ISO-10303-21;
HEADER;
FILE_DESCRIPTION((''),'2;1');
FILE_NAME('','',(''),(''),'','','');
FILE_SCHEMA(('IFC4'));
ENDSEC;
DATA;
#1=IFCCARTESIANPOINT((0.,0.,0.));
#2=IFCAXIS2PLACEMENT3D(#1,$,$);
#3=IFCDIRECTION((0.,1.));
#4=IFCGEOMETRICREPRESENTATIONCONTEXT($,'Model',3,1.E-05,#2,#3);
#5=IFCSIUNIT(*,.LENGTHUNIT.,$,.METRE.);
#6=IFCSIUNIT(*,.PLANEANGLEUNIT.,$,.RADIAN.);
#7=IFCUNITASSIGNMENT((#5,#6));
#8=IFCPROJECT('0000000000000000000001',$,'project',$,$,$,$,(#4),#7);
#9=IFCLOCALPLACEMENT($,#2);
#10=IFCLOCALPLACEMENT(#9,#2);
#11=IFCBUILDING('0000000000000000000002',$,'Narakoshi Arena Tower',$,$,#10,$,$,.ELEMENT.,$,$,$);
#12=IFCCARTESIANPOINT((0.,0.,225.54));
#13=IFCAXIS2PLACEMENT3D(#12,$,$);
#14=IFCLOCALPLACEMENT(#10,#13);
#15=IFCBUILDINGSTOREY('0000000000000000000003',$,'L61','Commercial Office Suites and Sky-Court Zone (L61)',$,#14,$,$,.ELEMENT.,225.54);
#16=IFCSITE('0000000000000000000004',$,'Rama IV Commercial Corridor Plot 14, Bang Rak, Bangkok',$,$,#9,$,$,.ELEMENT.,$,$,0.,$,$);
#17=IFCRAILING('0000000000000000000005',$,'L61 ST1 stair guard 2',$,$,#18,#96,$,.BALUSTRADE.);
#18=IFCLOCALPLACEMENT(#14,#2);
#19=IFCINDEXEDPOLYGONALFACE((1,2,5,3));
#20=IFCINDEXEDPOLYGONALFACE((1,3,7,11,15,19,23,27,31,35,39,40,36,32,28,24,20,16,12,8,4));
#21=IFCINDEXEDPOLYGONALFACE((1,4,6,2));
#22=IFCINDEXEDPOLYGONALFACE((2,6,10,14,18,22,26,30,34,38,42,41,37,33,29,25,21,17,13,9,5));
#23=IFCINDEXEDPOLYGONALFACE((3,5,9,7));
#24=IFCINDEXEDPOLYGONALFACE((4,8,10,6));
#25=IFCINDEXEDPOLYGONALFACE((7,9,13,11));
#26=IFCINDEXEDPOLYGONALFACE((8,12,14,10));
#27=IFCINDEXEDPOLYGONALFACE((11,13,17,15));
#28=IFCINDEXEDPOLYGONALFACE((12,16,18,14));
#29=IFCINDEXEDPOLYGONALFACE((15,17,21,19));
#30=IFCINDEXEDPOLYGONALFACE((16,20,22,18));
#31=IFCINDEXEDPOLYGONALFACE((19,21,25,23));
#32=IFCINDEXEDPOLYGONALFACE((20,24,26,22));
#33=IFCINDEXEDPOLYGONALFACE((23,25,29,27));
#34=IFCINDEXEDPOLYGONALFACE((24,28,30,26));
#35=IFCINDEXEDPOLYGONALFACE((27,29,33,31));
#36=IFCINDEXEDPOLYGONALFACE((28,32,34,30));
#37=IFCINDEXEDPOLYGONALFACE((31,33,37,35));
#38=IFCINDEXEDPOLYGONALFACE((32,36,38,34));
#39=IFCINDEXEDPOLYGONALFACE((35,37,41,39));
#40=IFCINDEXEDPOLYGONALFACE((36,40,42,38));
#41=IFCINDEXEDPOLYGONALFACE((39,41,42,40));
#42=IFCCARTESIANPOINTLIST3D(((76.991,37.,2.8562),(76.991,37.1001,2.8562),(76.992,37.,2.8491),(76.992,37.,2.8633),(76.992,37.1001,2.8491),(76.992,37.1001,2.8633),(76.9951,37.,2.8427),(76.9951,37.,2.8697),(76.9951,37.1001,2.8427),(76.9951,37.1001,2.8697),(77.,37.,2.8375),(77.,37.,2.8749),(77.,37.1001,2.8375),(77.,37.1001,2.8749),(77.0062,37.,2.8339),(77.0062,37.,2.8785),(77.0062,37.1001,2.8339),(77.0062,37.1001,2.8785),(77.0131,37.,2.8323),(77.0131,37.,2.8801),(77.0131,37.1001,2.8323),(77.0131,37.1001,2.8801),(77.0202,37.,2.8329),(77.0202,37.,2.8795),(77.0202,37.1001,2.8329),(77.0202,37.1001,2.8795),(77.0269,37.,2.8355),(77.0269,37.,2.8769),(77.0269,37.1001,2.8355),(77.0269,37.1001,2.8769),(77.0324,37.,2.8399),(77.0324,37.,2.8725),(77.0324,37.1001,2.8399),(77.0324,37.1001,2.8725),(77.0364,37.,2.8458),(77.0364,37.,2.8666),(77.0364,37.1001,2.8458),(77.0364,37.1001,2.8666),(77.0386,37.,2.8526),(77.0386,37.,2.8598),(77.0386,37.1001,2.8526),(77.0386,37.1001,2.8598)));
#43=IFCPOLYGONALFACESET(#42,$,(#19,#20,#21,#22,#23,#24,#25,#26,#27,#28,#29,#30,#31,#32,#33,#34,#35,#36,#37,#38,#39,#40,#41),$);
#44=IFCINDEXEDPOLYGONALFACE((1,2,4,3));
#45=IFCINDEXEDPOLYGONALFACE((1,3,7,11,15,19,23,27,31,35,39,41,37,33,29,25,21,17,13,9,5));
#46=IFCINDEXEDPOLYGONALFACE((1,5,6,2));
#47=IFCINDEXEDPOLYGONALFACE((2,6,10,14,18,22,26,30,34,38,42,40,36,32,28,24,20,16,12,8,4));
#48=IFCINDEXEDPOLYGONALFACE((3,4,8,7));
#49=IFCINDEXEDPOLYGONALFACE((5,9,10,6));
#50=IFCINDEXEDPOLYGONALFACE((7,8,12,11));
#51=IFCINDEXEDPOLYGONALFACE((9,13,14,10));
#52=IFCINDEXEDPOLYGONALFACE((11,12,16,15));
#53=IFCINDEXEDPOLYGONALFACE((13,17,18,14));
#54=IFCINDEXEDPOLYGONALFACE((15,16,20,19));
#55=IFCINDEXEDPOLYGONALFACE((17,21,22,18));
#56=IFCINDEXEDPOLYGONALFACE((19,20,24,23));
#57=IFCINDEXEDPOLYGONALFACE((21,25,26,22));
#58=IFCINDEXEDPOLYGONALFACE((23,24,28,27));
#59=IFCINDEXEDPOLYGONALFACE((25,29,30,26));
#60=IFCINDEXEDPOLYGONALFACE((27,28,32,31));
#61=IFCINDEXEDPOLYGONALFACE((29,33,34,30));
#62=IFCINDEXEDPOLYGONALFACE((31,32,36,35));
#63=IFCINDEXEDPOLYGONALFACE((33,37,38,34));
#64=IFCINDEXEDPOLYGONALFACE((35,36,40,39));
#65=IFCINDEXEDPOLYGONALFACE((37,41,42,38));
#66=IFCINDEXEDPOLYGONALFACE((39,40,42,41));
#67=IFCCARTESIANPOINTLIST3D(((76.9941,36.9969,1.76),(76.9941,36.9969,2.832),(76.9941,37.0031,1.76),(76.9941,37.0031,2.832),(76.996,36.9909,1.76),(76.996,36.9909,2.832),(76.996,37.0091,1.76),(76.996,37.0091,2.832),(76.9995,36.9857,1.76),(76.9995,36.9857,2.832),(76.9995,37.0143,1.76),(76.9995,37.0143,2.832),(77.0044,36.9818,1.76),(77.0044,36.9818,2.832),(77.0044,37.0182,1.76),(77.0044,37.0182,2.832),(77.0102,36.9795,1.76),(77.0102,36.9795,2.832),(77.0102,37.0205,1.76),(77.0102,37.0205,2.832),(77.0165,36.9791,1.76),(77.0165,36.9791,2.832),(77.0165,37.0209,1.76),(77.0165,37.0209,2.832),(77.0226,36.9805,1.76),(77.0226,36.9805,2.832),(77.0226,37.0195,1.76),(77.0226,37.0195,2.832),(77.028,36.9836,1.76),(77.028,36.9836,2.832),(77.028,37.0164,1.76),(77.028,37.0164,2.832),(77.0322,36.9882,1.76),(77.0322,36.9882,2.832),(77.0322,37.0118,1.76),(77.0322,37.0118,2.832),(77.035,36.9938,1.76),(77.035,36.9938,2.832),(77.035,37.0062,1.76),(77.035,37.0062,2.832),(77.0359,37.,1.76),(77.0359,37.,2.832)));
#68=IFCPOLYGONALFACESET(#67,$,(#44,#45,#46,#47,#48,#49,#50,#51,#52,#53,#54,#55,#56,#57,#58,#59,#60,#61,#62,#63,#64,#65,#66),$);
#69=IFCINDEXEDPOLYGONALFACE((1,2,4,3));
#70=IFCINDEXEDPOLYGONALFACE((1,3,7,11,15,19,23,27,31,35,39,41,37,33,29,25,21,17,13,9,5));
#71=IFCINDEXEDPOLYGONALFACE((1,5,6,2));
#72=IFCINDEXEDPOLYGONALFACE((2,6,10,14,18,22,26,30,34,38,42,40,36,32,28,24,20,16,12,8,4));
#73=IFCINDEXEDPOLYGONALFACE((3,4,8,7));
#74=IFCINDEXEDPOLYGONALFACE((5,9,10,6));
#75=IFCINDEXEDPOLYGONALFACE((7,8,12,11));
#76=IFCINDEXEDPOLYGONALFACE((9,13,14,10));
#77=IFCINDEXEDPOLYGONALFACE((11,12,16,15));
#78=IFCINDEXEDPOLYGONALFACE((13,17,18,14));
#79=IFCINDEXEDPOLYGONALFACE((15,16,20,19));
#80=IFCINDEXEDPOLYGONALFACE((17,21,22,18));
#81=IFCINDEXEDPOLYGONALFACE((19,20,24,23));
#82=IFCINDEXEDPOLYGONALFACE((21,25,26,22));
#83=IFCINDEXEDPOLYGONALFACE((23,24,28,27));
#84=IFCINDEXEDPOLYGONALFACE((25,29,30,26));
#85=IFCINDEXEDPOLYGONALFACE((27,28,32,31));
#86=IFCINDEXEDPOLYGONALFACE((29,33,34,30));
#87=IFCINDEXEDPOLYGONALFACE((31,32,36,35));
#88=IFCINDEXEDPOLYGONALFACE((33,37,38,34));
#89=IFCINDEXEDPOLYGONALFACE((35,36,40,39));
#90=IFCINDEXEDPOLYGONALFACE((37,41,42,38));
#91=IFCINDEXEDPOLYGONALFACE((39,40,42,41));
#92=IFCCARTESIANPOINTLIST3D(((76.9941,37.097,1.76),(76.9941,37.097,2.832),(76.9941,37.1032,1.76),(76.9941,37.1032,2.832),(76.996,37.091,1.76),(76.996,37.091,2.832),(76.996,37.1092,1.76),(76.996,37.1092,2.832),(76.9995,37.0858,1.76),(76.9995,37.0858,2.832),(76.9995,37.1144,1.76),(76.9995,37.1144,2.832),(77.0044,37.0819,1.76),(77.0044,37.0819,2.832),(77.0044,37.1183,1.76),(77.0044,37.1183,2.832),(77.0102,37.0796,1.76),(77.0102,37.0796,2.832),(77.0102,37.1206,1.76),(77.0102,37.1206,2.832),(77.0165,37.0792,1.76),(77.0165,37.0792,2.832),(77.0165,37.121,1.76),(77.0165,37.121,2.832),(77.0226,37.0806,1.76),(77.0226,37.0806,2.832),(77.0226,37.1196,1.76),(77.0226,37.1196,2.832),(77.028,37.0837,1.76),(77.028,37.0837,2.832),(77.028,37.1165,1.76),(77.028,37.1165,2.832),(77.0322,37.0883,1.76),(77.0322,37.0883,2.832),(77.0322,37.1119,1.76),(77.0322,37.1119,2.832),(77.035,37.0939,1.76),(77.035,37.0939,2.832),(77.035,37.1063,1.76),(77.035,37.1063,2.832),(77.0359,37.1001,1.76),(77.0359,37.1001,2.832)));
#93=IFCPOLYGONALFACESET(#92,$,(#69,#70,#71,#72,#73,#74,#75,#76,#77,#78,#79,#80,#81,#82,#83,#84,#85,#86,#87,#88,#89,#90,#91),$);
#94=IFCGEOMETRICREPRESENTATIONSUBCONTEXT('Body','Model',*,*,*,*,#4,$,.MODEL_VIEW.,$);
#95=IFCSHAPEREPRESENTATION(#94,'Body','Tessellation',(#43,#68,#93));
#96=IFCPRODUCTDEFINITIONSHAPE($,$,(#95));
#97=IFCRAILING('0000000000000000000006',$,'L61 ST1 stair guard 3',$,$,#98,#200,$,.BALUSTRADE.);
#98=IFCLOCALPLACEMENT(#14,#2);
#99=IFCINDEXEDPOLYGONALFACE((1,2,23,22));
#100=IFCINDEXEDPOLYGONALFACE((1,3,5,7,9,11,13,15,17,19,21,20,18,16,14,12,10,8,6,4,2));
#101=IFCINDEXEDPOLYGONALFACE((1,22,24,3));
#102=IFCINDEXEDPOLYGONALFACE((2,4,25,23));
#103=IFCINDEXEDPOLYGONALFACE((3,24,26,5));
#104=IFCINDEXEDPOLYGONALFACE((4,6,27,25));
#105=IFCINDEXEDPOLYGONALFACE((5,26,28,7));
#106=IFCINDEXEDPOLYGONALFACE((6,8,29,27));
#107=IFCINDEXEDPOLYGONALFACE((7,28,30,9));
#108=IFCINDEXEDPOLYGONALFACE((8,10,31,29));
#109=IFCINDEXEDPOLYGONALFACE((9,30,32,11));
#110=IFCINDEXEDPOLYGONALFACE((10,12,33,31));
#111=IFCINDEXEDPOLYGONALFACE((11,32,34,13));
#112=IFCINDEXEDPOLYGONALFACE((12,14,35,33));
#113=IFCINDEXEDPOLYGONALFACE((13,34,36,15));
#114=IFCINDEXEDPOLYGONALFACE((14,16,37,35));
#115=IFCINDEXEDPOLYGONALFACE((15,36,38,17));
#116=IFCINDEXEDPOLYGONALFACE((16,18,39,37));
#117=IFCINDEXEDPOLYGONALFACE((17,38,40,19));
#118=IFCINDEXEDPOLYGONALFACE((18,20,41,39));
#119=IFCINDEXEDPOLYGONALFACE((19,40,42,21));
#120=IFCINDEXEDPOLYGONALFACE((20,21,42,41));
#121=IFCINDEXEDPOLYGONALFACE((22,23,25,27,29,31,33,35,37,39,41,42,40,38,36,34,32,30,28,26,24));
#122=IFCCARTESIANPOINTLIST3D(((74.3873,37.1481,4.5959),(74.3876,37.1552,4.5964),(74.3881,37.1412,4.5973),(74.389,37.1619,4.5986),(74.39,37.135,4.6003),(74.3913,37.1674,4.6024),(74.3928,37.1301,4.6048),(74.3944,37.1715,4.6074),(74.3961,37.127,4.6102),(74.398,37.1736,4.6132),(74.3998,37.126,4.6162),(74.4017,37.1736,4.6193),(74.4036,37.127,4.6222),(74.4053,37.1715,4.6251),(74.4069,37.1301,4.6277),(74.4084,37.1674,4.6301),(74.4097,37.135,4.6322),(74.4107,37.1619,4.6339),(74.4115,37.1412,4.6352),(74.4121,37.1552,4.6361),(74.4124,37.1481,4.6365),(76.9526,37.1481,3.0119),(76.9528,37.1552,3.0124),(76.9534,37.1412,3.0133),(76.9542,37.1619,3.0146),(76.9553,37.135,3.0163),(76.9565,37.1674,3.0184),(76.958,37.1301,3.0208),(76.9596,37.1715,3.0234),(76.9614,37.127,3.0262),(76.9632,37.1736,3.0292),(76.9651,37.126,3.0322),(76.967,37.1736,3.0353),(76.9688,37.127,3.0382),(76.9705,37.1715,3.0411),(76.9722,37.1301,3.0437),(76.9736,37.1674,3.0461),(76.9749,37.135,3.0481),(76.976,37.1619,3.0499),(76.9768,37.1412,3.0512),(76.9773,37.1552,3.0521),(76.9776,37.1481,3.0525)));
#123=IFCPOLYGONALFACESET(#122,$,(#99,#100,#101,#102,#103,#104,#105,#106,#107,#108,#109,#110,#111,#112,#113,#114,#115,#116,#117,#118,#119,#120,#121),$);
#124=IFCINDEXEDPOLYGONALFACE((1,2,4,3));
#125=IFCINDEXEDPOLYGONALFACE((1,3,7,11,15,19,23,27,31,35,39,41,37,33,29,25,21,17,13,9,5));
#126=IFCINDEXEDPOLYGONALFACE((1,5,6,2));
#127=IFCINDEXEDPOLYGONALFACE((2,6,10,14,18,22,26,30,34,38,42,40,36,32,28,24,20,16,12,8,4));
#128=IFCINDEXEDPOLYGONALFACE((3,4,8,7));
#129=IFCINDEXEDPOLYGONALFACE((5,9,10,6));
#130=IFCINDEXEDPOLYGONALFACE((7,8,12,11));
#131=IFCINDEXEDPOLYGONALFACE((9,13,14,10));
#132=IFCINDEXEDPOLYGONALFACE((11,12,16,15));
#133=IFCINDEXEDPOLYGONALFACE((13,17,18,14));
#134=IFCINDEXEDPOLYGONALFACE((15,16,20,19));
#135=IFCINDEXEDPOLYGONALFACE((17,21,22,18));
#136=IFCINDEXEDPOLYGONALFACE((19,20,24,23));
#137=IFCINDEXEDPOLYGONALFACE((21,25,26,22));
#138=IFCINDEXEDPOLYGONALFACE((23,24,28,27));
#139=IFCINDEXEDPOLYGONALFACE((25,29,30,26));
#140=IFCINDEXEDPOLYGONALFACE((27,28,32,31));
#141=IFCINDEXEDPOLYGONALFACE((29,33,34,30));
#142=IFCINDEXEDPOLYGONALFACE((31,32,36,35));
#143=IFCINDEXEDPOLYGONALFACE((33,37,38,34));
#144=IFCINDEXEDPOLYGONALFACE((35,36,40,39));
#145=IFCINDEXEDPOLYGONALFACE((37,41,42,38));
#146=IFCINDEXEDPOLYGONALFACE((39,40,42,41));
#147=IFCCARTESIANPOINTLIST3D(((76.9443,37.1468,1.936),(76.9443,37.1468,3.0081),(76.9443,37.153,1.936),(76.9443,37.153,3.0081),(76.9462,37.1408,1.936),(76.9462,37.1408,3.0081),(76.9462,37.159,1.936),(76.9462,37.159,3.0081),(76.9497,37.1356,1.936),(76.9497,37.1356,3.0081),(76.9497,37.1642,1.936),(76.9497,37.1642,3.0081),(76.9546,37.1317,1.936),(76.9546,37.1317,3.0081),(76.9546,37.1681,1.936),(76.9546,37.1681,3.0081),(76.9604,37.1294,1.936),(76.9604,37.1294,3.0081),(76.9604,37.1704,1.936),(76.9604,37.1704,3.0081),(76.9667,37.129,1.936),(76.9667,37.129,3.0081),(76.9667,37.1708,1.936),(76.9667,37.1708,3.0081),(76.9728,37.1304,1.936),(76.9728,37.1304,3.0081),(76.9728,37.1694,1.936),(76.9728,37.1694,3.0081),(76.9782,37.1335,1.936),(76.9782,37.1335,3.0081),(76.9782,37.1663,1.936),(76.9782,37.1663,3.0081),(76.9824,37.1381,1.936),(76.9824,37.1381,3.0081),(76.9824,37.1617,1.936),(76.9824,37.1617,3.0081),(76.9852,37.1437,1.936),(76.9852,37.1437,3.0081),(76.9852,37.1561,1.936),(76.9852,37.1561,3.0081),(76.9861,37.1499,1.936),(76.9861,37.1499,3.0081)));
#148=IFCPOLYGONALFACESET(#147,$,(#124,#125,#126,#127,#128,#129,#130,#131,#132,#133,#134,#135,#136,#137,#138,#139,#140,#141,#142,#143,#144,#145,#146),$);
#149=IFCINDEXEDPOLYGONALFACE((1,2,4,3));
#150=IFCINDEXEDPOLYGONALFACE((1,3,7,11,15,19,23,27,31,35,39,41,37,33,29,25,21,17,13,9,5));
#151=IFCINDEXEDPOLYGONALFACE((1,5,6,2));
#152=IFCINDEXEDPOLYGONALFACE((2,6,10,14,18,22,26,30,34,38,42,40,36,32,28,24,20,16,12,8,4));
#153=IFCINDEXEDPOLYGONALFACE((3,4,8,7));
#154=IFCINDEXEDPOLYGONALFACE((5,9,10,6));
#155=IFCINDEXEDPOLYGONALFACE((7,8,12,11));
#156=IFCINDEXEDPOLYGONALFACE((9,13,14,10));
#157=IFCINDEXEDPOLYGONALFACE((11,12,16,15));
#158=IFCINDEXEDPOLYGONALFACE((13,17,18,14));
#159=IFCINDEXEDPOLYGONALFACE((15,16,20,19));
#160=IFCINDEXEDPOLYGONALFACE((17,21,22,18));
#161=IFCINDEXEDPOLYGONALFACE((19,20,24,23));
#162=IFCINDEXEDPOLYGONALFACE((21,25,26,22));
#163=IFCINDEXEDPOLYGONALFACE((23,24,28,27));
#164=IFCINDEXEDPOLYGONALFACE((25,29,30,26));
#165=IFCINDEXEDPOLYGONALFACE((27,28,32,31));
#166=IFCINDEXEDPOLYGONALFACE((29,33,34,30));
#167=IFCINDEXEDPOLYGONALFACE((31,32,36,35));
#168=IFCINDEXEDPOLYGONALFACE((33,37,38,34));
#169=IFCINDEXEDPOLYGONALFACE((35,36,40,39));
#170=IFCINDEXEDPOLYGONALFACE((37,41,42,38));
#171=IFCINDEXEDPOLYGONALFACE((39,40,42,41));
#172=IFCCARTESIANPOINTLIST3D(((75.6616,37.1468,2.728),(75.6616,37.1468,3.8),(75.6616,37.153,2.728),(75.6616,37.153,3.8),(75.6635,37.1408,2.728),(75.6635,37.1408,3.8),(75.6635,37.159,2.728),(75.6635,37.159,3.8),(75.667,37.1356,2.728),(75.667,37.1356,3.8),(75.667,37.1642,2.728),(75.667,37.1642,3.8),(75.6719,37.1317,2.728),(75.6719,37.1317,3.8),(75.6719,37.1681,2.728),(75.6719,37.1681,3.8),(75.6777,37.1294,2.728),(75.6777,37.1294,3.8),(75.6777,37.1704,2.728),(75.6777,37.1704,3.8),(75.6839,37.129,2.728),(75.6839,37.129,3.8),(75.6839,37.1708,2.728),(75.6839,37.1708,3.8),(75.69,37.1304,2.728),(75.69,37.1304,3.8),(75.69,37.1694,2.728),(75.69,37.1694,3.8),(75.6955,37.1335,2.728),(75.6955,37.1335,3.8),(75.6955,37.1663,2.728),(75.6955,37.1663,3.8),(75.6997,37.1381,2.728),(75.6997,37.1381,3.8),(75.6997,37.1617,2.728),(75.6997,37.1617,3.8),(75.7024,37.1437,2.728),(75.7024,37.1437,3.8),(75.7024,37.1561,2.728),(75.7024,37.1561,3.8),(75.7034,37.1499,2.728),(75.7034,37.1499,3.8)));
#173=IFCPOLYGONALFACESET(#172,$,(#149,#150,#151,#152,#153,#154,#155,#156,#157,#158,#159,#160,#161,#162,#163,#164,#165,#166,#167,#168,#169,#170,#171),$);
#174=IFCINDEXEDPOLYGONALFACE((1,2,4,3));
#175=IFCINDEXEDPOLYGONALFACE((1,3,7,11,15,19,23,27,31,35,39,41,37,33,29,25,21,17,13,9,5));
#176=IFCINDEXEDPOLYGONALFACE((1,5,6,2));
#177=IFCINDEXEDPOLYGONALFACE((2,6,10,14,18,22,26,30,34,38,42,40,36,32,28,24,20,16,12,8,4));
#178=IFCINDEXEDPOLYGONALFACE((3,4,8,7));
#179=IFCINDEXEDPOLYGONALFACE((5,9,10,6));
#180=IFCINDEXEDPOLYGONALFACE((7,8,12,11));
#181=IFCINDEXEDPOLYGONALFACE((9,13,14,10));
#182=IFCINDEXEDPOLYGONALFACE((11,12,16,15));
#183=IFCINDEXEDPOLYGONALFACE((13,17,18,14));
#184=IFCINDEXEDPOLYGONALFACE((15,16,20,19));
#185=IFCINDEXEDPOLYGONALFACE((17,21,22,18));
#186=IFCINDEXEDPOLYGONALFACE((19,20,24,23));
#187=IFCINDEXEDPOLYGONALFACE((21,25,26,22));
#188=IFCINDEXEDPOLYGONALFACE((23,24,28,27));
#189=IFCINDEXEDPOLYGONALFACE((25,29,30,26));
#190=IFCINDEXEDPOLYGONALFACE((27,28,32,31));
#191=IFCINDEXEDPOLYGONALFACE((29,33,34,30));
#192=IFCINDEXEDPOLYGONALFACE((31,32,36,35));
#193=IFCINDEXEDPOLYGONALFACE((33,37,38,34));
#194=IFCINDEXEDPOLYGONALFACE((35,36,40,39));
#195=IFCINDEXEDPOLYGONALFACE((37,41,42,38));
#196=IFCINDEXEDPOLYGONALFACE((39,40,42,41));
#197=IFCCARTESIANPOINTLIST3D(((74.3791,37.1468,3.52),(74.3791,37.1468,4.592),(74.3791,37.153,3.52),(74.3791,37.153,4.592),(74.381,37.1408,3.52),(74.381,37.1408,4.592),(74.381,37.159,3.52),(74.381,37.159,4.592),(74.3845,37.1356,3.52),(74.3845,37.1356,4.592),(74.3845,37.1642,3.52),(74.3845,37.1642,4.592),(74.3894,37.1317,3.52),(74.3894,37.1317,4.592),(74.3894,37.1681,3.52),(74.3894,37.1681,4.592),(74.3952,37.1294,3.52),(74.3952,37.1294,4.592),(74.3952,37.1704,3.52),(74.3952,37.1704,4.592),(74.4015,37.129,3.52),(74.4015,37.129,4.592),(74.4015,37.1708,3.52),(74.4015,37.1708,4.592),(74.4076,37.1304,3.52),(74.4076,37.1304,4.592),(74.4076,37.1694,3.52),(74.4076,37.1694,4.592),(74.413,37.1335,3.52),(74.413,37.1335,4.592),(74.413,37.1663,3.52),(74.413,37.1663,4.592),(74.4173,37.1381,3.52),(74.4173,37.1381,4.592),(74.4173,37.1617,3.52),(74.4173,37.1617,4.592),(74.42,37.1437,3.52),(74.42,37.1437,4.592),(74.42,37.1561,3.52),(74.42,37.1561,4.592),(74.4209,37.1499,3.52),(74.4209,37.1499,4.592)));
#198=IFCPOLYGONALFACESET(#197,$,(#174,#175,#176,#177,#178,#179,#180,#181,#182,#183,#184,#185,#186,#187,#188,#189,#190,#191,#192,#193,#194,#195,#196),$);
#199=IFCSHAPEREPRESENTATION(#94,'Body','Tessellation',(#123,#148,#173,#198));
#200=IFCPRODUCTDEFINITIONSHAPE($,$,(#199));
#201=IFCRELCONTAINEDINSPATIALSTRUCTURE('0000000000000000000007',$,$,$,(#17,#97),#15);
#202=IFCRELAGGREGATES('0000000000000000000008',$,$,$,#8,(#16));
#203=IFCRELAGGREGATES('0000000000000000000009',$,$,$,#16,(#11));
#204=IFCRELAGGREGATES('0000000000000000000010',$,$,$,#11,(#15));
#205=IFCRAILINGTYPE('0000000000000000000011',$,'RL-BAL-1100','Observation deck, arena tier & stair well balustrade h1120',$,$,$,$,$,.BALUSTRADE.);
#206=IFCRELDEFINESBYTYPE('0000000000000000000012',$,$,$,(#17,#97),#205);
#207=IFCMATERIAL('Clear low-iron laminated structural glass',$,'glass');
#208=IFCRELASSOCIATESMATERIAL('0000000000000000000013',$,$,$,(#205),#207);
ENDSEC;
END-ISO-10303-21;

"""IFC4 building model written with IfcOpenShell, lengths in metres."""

from ifc_helpers import new_model, si_unit, direction, frame, origin, origin_2d, place, context, subcontext, project, spatial, circle, extrude, material, type_object, element, save


model = new_model("IFC4")

# Units and contexts
model_context = context("Model", 3, precision=1e-05, world=origin(), true_north=direction((0.0, 1.0)))
body_context = subcontext(model_context, "Body", "Model", "MODEL_VIEW")
ifc_project = project(units=[si_unit("LENGTHUNIT", "METRE"), si_unit("PLANEANGLEUNIT", "RADIAN")], contexts=[model_context])

# Site, building, storey
site_placement = place(None, origin())
site = spatial("IfcSite", under=ifc_project, at=site_placement, Name="Rama IV Commercial Corridor Plot 14, Bang Rak, Bangkok", CompositionType="ELEMENT", RefElevation=0.0)
building_placement = place(site_placement, origin())
building = spatial("IfcBuilding", under=site, at=building_placement, Name="Narakoshi Arena Tower", CompositionType="ELEMENT")
storey_placement = place(building_placement, frame((0.0, 0.0, 225.54)))
storey = spatial("IfcBuildingStorey", under=building, at=storey_placement, Name="L61", Description="Commercial Office Suites and Sky-Court Zone (L61)", CompositionType="ELEMENT", Elevation=225.54)

# Railings
ifc_material_1 = material(Name="Clear low-iron laminated structural glass", Category="glass")
railing_type_1 = type_object("IfcRailingType", Name="RL-BAL-1100", Description="Observation deck, arena tier & stair well balustrade h1120", PredefinedType="BALUSTRADE", material=ifc_material_1)
railing_1_placement = place(storey_placement, frame((77.0149, 37.0, 1.76)))
element("IfcRailing", 1, at=railing_1_placement, inside=storey, type_object=railing_type_1, Name="L61 ST1 stair guard 2", PredefinedType="BALUSTRADE", context=body_context, shape_type="SweptSolid", body=[
    extrude(circle(Radius=0.0239, at=origin_2d()), frame((0.0, 0.0, 1.0962), z_axis=(0.0, 1.0, 0.0), x_axis=(-1.0, 0.0, 0.0)), (0.0, 0.0, 1.0), 0.1001),
    extrude(circle(Radius=0.021, at=origin_2d()), origin(), (0.0, 0.0, 1.0), 1.072),
    extrude(circle(Radius=0.021, at=origin_2d()), frame((0.0, 0.1001, 0.0)), (0.0, 0.0, 1.0), 1.072),
])
railing_2_placement = place(storey_placement, frame((76.9651, 37.1499, 1.936)))
element("IfcRailing", 2, at=railing_2_placement, inside=storey, type_object=railing_type_1, Name="L61 ST1 stair guard 3", PredefinedType="BALUSTRADE", context=body_context, shape_type="SweptSolid", body=[
    extrude(circle(Radius=0.0239, at=origin_2d()), frame((0.0, 0.0, 1.0962), z_axis=(-0.850857, 0.0, 0.525398), x_axis=(0.0, -1.0, 0.0)), (0.0, 0.0, 1.0), 3.0149),
    extrude(circle(Radius=0.021, at=origin_2d()), origin(), (0.0, 0.0, 1.0), 1.072),
    extrude(circle(Radius=0.021, at=origin_2d()), frame((-1.2827, 0.0, 0.792)), (0.0, 0.0, 1.0), 1.072),
    extrude(circle(Radius=0.021, at=origin_2d()), frame((-2.5652, 0.0, 1.584)), (0.0, 0.0, 1.0), 1.072),
])

save(model, "model.ifc")
